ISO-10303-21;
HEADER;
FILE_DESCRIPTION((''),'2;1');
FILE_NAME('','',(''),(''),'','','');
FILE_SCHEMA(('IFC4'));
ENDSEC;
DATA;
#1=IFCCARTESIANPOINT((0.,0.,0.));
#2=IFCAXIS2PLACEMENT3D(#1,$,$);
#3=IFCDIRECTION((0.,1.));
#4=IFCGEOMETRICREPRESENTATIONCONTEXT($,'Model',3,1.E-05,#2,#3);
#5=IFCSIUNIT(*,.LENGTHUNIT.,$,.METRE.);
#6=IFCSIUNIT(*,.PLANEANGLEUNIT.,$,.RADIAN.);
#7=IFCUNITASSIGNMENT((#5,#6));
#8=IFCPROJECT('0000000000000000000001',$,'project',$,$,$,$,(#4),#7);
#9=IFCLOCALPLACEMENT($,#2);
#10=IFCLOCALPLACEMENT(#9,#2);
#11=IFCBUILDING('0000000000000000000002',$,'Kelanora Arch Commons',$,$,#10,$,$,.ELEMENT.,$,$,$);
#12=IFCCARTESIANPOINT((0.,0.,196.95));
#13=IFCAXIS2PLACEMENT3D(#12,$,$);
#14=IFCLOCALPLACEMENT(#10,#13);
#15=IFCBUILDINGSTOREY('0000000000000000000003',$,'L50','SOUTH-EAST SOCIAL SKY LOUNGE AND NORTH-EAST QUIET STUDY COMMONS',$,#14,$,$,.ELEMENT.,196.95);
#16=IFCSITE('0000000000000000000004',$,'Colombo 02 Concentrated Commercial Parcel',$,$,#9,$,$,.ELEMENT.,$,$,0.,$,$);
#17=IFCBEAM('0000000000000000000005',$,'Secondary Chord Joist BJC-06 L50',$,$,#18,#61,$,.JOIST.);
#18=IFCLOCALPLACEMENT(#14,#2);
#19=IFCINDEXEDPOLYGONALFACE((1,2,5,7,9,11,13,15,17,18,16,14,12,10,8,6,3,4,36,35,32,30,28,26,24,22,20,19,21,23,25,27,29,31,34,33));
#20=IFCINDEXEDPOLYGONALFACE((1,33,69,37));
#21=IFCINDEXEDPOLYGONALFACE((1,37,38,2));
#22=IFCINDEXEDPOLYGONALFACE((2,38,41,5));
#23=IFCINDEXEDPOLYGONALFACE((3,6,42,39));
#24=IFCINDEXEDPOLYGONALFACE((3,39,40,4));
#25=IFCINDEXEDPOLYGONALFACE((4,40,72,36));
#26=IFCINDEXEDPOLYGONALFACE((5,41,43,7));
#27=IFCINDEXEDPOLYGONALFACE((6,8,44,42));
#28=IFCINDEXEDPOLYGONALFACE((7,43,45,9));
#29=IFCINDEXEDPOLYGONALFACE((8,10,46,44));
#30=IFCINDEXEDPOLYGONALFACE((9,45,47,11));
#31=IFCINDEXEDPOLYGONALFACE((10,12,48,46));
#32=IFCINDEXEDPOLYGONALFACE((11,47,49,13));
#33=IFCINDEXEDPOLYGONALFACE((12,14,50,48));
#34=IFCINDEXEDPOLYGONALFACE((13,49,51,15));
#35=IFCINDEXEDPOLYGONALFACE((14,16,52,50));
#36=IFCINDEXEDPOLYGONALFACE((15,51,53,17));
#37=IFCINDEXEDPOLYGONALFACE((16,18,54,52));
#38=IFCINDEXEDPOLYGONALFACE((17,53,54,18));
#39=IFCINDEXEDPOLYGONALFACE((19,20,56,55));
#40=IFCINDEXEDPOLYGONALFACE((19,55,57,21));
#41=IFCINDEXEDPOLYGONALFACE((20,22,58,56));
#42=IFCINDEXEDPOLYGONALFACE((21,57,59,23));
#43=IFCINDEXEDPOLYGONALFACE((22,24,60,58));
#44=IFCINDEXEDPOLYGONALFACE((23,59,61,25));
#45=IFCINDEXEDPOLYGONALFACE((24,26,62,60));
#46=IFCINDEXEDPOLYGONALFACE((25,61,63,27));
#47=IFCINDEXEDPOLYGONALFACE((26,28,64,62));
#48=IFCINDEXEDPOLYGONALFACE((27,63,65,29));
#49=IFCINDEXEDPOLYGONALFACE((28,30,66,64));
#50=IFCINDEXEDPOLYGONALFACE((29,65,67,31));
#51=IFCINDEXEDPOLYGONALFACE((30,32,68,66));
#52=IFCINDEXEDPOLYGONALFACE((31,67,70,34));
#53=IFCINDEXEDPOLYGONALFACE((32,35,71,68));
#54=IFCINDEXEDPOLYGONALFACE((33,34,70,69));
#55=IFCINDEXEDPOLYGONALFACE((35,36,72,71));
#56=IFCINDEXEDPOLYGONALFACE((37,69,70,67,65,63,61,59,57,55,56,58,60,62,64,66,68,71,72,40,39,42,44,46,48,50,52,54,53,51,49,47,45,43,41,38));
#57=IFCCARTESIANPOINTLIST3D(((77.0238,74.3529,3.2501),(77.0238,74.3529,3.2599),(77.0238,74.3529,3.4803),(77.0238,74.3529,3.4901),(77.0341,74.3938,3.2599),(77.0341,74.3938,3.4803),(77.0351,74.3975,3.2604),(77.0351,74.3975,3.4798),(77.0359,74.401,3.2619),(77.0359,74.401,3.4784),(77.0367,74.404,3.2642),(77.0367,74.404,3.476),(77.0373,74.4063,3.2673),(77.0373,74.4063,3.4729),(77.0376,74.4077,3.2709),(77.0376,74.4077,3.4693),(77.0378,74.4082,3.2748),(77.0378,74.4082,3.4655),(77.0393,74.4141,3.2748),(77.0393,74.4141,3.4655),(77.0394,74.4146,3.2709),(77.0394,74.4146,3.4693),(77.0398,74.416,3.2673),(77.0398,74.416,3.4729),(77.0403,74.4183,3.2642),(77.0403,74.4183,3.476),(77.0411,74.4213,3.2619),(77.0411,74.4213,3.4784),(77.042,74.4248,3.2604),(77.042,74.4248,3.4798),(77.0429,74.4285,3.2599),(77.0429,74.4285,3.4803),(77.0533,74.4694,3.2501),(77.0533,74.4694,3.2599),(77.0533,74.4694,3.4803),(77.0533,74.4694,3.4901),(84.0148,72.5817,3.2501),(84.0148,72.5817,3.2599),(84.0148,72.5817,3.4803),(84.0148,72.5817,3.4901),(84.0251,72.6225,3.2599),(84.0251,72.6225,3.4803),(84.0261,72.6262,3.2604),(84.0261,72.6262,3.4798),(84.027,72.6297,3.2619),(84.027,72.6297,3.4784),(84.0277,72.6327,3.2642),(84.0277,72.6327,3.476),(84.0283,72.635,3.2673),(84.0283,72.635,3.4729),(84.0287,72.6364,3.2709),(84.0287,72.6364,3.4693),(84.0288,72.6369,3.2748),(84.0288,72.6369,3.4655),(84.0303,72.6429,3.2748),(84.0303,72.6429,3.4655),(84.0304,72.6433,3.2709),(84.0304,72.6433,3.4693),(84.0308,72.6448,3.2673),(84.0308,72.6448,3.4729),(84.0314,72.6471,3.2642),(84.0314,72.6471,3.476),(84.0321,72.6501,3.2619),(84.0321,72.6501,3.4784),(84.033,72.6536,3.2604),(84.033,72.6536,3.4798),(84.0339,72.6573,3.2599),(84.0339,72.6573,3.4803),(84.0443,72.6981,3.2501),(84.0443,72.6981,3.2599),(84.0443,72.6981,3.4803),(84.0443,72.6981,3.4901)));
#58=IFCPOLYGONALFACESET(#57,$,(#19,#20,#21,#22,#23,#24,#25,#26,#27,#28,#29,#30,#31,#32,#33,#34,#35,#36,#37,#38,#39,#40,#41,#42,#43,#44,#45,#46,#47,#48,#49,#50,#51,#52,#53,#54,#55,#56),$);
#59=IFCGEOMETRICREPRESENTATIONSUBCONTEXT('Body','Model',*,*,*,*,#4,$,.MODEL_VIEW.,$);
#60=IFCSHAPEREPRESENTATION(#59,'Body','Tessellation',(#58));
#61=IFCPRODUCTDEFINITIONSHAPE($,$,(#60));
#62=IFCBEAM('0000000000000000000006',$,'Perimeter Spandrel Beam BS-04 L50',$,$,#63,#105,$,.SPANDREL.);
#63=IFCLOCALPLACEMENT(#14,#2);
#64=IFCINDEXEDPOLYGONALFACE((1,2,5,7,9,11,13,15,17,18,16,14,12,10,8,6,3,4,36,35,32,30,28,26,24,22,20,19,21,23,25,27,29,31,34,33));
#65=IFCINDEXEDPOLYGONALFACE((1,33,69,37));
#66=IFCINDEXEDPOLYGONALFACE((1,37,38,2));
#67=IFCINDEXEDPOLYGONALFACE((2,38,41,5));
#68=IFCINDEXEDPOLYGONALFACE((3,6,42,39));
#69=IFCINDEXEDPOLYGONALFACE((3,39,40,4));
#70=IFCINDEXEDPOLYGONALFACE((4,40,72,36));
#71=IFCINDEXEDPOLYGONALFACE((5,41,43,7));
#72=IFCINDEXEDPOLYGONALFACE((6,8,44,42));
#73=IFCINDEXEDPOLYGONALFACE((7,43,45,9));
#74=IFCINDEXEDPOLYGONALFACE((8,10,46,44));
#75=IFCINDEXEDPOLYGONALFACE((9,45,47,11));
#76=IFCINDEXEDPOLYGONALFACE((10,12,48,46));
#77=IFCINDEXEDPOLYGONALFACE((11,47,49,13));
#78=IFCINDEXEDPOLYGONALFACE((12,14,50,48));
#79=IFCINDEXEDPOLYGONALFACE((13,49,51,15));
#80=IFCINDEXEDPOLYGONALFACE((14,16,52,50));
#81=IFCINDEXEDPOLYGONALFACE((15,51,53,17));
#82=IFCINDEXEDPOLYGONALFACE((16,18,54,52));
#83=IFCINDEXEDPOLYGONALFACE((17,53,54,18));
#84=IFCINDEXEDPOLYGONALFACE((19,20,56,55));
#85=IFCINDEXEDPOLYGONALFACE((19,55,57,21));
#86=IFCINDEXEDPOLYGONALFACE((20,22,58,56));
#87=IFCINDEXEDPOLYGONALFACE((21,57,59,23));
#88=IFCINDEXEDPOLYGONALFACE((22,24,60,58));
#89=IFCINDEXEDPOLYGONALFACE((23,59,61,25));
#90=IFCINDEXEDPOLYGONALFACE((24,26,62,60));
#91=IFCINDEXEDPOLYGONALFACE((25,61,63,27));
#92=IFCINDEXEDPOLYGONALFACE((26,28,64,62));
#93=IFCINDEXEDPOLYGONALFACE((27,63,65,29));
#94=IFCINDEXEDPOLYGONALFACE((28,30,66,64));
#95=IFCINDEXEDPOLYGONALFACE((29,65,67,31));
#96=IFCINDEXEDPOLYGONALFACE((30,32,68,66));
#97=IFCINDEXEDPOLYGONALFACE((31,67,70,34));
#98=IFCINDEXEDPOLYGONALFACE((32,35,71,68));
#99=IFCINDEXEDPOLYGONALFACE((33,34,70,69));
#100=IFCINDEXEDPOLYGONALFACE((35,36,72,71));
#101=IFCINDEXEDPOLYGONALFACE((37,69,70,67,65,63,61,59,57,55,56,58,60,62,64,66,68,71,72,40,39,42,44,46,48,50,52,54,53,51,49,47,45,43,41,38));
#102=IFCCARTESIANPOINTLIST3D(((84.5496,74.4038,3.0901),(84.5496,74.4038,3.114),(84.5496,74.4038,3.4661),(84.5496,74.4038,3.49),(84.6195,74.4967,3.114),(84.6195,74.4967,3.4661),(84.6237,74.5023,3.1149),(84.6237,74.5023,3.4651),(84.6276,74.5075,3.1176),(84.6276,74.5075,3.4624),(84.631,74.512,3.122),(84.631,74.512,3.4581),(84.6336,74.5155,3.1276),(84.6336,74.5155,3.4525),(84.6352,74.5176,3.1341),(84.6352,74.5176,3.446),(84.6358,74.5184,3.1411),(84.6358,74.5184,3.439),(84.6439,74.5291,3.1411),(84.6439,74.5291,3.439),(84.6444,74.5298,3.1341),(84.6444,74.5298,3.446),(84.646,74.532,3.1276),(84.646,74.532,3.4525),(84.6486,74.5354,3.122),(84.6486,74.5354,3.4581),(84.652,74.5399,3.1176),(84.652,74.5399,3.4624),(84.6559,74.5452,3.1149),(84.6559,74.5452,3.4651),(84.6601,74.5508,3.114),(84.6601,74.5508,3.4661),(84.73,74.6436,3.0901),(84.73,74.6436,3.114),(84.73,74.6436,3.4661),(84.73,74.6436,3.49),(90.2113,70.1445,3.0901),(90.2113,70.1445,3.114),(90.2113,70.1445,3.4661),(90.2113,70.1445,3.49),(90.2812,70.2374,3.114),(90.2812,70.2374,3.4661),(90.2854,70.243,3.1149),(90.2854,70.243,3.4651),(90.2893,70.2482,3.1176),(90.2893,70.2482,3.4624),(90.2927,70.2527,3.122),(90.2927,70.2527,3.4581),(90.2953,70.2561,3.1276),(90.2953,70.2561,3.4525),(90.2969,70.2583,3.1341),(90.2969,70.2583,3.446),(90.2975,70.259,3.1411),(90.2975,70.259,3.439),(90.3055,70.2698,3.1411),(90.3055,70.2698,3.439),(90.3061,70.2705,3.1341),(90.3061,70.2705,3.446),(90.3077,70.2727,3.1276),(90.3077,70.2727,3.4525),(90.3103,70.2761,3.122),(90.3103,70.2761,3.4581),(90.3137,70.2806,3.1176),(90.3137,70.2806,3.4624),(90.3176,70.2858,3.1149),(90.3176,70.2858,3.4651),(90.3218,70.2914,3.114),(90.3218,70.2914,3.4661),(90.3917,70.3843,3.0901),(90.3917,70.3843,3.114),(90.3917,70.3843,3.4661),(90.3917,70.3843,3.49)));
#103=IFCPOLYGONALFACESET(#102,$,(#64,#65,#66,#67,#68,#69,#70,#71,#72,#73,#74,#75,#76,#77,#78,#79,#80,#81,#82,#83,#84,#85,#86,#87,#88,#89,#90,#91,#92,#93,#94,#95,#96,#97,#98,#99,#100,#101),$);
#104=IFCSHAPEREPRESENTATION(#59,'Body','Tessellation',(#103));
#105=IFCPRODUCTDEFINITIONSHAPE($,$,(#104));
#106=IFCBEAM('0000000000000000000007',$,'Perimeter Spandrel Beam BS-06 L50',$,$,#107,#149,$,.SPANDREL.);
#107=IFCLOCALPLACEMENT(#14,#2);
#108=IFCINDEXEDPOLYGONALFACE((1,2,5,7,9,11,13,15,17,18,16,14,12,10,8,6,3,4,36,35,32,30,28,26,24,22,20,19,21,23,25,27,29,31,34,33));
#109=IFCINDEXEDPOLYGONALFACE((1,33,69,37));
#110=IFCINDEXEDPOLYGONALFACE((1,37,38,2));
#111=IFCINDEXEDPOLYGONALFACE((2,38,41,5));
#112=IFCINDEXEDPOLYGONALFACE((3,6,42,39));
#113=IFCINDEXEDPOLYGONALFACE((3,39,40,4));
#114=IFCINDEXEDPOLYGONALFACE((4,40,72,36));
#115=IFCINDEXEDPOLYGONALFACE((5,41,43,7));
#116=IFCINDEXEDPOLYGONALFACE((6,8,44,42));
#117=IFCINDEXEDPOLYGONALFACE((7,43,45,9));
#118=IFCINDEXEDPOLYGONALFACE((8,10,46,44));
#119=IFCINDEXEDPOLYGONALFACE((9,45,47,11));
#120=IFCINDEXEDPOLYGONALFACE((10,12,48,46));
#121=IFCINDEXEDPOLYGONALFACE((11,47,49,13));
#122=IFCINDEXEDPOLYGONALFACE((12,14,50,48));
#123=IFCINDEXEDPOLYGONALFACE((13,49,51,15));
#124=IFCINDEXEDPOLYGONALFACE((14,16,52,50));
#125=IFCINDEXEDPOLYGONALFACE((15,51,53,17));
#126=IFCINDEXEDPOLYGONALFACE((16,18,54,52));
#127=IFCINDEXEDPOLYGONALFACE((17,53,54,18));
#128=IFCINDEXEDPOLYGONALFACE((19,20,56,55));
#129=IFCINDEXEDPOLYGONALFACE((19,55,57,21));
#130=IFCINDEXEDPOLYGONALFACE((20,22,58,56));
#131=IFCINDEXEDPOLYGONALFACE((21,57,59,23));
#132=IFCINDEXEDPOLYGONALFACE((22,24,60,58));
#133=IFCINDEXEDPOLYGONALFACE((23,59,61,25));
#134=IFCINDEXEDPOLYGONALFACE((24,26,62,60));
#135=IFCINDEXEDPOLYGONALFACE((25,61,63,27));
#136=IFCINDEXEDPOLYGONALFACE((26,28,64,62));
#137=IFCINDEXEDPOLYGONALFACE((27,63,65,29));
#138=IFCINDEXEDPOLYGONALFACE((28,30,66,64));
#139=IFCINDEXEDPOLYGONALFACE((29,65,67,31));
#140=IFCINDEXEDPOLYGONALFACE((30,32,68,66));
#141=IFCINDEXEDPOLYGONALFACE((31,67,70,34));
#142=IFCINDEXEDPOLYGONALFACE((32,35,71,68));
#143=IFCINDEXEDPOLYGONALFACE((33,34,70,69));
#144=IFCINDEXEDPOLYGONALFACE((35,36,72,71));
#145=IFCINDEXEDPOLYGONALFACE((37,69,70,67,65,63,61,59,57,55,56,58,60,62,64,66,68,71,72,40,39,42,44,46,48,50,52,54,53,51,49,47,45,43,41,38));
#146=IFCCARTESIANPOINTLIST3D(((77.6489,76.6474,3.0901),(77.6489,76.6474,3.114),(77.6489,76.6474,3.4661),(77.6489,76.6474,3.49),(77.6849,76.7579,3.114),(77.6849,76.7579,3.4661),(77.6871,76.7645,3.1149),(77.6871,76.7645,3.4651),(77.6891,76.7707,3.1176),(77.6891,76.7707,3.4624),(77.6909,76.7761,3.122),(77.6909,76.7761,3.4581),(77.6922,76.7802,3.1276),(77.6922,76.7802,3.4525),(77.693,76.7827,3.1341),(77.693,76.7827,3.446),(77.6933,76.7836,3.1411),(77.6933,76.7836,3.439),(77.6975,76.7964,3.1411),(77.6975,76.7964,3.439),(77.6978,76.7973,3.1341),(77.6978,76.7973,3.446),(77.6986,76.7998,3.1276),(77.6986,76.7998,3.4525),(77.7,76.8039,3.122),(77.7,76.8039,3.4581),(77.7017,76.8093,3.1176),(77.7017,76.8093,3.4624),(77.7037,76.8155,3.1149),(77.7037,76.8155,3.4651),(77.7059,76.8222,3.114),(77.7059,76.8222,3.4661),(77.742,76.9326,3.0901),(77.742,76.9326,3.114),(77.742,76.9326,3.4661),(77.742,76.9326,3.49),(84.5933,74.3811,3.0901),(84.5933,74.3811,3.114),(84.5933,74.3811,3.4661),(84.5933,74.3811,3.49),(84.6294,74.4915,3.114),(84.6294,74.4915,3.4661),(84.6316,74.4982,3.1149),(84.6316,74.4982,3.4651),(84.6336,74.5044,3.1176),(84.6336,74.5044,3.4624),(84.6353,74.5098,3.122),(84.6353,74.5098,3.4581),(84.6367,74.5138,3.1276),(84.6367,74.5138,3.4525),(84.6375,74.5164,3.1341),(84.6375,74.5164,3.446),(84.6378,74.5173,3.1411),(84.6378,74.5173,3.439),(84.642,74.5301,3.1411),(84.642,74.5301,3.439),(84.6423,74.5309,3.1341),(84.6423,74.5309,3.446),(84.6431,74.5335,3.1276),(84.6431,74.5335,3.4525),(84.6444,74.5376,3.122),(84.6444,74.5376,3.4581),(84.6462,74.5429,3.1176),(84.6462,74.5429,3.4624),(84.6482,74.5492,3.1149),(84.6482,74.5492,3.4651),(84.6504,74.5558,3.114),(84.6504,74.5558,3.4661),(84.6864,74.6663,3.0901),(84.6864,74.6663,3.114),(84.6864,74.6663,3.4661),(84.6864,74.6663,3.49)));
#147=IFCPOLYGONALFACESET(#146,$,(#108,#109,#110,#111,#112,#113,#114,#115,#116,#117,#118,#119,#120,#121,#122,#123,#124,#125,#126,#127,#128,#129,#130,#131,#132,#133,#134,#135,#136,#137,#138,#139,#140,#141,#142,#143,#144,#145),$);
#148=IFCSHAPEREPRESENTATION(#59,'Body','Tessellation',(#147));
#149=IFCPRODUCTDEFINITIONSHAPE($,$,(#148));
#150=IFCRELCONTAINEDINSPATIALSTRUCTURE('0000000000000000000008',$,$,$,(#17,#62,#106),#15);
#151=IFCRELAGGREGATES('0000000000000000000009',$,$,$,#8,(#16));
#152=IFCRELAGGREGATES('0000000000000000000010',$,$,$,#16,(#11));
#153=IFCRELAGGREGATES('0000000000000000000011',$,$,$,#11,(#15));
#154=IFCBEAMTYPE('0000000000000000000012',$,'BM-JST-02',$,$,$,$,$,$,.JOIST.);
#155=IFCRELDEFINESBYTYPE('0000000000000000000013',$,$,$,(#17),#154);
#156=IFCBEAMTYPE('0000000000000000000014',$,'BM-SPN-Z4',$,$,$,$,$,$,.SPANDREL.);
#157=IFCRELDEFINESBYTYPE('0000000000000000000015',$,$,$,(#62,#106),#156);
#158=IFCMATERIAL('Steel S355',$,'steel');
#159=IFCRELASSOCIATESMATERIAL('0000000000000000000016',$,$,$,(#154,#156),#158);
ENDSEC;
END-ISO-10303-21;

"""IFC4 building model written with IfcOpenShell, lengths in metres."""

from ifc_helpers import new_model, si_unit, direction, frame, origin, origin_2d, place, context, subcontext, project, spatial, i_section, extrude, material, material_profile, profile_set, type_object, element, save


model = new_model("IFC4")

# Units and contexts
model_context = context("Model", 3, precision=1e-05, world=origin(), true_north=direction((0.0, 1.0)))
body_context = subcontext(model_context, "Body", "Model", "MODEL_VIEW")
ifc_project = project(units=[si_unit("LENGTHUNIT", "METRE"), si_unit("PLANEANGLEUNIT", "RADIAN")], contexts=[model_context])

# Site, building, storey
site_placement = place(None, origin())
site = spatial("IfcSite", under=ifc_project, at=site_placement, Name="Colombo 02 Concentrated Commercial Parcel", CompositionType="ELEMENT", RefElevation=0.0)
building_placement = place(site_placement, origin())
building = spatial("IfcBuilding", under=site, at=building_placement, Name="Kelanora Arch Commons", CompositionType="ELEMENT")
storey_placement = place(building_placement, frame((0.0, 0.0, 196.95)))
storey = spatial("IfcBuildingStorey", under=building, at=storey_placement, Name="L50", Description="SOUTH-EAST SOCIAL SKY LOUNGE AND NORTH-EAST QUIET STUDY COMMONS", CompositionType="ELEMENT", Elevation=196.95)

# Beams
ifc_material_1 = material(Name="Steel S355", Category="steel")
ifc_material_profile_1 = material_profile(ifc_material_1, i_section(OverallWidth=0.1201, OverallDepth=0.24, WebThickness=0.0061, FlangeThickness=0.0098, FilletRadius=0.0149, at=origin_2d()), Name="IPE240")
ifc_profile_set_1 = profile_set([ifc_material_profile_1], Name="Steel S355")
beam_type_1 = type_object("IfcBeamType", Name="BM-JST-02", PredefinedType="JOIST", material=ifc_profile_set_1)
beam_1_placement = place(storey_placement, frame((84.0295, 72.6399, 3.3701), z_axis=(-0.969371, 0.245601, 0.0), x_axis=(-0.245601, -0.969371, 0.0)))
element("IfcBeam", 1, at=beam_1_placement, inside=storey, type_object=beam_type_1, Name="Secondary Chord Joist BJC-06 L50", PredefinedType="JOIST", context=body_context, shape_type="SweptSolid", body=[
    extrude(i_section(OverallWidth=0.1201, OverallDepth=0.24, WebThickness=0.0061, FlangeThickness=0.0098, FilletRadius=0.0149, at=origin_2d()), origin(), (0.0, 0.0, 1.0), 7.2119),
])
ifc_material_profile_2 = material_profile(ifc_material_1, i_section(OverallWidth=0.3, OverallDepth=0.3999, WebThickness=0.0134, FlangeThickness=0.0239, FilletRadius=0.0271, at=origin_2d()), Name="HEB400")
ifc_profile_set_2 = profile_set([ifc_material_profile_2], Name="Steel S355")
beam_type_2 = type_object("IfcBeamType", Name="BM-SPN-Z4", PredefinedType="SPANDREL", material=ifc_profile_set_2)
beam_2_placement = place(storey_placement, frame((90.3015, 70.2644, 3.29), z_axis=(-0.799114, 0.601179, 0.0), x_axis=(-0.601179, -0.799114, 0.0)))
element("IfcBeam", 2, at=beam_2_placement, inside=storey, type_object=beam_type_2, Name="Perimeter Spandrel Beam BS-04 L50", PredefinedType="SPANDREL", context=body_context, shape_type="SweptSolid", body=[
    extrude(i_section(OverallWidth=0.3, OverallDepth=0.3999, WebThickness=0.0134, FlangeThickness=0.0239, FilletRadius=0.0271, at=origin_2d()), origin(), (0.0, 0.0, 1.0), 7.085),
])
beam_3_placement = place(storey_placement, frame((84.6399, 74.5237, 3.29), z_axis=(-0.950656, 0.310246, 0.0), x_axis=(-0.310246, -0.950656, 0.0)))
element("IfcBeam", 3, at=beam_3_placement, inside=storey, type_object=beam_type_2, Name="Perimeter Spandrel Beam BS-06 L50", PredefinedType="SPANDREL", context=body_context, shape_type="SweptSolid", body=[
    extrude(i_section(OverallWidth=0.3, OverallDepth=0.3999, WebThickness=0.0134, FlangeThickness=0.0239, FilletRadius=0.0271, at=origin_2d()), origin(), (0.0, 0.0, 1.0), 7.3049),
])

save(model, "model.ifc")
